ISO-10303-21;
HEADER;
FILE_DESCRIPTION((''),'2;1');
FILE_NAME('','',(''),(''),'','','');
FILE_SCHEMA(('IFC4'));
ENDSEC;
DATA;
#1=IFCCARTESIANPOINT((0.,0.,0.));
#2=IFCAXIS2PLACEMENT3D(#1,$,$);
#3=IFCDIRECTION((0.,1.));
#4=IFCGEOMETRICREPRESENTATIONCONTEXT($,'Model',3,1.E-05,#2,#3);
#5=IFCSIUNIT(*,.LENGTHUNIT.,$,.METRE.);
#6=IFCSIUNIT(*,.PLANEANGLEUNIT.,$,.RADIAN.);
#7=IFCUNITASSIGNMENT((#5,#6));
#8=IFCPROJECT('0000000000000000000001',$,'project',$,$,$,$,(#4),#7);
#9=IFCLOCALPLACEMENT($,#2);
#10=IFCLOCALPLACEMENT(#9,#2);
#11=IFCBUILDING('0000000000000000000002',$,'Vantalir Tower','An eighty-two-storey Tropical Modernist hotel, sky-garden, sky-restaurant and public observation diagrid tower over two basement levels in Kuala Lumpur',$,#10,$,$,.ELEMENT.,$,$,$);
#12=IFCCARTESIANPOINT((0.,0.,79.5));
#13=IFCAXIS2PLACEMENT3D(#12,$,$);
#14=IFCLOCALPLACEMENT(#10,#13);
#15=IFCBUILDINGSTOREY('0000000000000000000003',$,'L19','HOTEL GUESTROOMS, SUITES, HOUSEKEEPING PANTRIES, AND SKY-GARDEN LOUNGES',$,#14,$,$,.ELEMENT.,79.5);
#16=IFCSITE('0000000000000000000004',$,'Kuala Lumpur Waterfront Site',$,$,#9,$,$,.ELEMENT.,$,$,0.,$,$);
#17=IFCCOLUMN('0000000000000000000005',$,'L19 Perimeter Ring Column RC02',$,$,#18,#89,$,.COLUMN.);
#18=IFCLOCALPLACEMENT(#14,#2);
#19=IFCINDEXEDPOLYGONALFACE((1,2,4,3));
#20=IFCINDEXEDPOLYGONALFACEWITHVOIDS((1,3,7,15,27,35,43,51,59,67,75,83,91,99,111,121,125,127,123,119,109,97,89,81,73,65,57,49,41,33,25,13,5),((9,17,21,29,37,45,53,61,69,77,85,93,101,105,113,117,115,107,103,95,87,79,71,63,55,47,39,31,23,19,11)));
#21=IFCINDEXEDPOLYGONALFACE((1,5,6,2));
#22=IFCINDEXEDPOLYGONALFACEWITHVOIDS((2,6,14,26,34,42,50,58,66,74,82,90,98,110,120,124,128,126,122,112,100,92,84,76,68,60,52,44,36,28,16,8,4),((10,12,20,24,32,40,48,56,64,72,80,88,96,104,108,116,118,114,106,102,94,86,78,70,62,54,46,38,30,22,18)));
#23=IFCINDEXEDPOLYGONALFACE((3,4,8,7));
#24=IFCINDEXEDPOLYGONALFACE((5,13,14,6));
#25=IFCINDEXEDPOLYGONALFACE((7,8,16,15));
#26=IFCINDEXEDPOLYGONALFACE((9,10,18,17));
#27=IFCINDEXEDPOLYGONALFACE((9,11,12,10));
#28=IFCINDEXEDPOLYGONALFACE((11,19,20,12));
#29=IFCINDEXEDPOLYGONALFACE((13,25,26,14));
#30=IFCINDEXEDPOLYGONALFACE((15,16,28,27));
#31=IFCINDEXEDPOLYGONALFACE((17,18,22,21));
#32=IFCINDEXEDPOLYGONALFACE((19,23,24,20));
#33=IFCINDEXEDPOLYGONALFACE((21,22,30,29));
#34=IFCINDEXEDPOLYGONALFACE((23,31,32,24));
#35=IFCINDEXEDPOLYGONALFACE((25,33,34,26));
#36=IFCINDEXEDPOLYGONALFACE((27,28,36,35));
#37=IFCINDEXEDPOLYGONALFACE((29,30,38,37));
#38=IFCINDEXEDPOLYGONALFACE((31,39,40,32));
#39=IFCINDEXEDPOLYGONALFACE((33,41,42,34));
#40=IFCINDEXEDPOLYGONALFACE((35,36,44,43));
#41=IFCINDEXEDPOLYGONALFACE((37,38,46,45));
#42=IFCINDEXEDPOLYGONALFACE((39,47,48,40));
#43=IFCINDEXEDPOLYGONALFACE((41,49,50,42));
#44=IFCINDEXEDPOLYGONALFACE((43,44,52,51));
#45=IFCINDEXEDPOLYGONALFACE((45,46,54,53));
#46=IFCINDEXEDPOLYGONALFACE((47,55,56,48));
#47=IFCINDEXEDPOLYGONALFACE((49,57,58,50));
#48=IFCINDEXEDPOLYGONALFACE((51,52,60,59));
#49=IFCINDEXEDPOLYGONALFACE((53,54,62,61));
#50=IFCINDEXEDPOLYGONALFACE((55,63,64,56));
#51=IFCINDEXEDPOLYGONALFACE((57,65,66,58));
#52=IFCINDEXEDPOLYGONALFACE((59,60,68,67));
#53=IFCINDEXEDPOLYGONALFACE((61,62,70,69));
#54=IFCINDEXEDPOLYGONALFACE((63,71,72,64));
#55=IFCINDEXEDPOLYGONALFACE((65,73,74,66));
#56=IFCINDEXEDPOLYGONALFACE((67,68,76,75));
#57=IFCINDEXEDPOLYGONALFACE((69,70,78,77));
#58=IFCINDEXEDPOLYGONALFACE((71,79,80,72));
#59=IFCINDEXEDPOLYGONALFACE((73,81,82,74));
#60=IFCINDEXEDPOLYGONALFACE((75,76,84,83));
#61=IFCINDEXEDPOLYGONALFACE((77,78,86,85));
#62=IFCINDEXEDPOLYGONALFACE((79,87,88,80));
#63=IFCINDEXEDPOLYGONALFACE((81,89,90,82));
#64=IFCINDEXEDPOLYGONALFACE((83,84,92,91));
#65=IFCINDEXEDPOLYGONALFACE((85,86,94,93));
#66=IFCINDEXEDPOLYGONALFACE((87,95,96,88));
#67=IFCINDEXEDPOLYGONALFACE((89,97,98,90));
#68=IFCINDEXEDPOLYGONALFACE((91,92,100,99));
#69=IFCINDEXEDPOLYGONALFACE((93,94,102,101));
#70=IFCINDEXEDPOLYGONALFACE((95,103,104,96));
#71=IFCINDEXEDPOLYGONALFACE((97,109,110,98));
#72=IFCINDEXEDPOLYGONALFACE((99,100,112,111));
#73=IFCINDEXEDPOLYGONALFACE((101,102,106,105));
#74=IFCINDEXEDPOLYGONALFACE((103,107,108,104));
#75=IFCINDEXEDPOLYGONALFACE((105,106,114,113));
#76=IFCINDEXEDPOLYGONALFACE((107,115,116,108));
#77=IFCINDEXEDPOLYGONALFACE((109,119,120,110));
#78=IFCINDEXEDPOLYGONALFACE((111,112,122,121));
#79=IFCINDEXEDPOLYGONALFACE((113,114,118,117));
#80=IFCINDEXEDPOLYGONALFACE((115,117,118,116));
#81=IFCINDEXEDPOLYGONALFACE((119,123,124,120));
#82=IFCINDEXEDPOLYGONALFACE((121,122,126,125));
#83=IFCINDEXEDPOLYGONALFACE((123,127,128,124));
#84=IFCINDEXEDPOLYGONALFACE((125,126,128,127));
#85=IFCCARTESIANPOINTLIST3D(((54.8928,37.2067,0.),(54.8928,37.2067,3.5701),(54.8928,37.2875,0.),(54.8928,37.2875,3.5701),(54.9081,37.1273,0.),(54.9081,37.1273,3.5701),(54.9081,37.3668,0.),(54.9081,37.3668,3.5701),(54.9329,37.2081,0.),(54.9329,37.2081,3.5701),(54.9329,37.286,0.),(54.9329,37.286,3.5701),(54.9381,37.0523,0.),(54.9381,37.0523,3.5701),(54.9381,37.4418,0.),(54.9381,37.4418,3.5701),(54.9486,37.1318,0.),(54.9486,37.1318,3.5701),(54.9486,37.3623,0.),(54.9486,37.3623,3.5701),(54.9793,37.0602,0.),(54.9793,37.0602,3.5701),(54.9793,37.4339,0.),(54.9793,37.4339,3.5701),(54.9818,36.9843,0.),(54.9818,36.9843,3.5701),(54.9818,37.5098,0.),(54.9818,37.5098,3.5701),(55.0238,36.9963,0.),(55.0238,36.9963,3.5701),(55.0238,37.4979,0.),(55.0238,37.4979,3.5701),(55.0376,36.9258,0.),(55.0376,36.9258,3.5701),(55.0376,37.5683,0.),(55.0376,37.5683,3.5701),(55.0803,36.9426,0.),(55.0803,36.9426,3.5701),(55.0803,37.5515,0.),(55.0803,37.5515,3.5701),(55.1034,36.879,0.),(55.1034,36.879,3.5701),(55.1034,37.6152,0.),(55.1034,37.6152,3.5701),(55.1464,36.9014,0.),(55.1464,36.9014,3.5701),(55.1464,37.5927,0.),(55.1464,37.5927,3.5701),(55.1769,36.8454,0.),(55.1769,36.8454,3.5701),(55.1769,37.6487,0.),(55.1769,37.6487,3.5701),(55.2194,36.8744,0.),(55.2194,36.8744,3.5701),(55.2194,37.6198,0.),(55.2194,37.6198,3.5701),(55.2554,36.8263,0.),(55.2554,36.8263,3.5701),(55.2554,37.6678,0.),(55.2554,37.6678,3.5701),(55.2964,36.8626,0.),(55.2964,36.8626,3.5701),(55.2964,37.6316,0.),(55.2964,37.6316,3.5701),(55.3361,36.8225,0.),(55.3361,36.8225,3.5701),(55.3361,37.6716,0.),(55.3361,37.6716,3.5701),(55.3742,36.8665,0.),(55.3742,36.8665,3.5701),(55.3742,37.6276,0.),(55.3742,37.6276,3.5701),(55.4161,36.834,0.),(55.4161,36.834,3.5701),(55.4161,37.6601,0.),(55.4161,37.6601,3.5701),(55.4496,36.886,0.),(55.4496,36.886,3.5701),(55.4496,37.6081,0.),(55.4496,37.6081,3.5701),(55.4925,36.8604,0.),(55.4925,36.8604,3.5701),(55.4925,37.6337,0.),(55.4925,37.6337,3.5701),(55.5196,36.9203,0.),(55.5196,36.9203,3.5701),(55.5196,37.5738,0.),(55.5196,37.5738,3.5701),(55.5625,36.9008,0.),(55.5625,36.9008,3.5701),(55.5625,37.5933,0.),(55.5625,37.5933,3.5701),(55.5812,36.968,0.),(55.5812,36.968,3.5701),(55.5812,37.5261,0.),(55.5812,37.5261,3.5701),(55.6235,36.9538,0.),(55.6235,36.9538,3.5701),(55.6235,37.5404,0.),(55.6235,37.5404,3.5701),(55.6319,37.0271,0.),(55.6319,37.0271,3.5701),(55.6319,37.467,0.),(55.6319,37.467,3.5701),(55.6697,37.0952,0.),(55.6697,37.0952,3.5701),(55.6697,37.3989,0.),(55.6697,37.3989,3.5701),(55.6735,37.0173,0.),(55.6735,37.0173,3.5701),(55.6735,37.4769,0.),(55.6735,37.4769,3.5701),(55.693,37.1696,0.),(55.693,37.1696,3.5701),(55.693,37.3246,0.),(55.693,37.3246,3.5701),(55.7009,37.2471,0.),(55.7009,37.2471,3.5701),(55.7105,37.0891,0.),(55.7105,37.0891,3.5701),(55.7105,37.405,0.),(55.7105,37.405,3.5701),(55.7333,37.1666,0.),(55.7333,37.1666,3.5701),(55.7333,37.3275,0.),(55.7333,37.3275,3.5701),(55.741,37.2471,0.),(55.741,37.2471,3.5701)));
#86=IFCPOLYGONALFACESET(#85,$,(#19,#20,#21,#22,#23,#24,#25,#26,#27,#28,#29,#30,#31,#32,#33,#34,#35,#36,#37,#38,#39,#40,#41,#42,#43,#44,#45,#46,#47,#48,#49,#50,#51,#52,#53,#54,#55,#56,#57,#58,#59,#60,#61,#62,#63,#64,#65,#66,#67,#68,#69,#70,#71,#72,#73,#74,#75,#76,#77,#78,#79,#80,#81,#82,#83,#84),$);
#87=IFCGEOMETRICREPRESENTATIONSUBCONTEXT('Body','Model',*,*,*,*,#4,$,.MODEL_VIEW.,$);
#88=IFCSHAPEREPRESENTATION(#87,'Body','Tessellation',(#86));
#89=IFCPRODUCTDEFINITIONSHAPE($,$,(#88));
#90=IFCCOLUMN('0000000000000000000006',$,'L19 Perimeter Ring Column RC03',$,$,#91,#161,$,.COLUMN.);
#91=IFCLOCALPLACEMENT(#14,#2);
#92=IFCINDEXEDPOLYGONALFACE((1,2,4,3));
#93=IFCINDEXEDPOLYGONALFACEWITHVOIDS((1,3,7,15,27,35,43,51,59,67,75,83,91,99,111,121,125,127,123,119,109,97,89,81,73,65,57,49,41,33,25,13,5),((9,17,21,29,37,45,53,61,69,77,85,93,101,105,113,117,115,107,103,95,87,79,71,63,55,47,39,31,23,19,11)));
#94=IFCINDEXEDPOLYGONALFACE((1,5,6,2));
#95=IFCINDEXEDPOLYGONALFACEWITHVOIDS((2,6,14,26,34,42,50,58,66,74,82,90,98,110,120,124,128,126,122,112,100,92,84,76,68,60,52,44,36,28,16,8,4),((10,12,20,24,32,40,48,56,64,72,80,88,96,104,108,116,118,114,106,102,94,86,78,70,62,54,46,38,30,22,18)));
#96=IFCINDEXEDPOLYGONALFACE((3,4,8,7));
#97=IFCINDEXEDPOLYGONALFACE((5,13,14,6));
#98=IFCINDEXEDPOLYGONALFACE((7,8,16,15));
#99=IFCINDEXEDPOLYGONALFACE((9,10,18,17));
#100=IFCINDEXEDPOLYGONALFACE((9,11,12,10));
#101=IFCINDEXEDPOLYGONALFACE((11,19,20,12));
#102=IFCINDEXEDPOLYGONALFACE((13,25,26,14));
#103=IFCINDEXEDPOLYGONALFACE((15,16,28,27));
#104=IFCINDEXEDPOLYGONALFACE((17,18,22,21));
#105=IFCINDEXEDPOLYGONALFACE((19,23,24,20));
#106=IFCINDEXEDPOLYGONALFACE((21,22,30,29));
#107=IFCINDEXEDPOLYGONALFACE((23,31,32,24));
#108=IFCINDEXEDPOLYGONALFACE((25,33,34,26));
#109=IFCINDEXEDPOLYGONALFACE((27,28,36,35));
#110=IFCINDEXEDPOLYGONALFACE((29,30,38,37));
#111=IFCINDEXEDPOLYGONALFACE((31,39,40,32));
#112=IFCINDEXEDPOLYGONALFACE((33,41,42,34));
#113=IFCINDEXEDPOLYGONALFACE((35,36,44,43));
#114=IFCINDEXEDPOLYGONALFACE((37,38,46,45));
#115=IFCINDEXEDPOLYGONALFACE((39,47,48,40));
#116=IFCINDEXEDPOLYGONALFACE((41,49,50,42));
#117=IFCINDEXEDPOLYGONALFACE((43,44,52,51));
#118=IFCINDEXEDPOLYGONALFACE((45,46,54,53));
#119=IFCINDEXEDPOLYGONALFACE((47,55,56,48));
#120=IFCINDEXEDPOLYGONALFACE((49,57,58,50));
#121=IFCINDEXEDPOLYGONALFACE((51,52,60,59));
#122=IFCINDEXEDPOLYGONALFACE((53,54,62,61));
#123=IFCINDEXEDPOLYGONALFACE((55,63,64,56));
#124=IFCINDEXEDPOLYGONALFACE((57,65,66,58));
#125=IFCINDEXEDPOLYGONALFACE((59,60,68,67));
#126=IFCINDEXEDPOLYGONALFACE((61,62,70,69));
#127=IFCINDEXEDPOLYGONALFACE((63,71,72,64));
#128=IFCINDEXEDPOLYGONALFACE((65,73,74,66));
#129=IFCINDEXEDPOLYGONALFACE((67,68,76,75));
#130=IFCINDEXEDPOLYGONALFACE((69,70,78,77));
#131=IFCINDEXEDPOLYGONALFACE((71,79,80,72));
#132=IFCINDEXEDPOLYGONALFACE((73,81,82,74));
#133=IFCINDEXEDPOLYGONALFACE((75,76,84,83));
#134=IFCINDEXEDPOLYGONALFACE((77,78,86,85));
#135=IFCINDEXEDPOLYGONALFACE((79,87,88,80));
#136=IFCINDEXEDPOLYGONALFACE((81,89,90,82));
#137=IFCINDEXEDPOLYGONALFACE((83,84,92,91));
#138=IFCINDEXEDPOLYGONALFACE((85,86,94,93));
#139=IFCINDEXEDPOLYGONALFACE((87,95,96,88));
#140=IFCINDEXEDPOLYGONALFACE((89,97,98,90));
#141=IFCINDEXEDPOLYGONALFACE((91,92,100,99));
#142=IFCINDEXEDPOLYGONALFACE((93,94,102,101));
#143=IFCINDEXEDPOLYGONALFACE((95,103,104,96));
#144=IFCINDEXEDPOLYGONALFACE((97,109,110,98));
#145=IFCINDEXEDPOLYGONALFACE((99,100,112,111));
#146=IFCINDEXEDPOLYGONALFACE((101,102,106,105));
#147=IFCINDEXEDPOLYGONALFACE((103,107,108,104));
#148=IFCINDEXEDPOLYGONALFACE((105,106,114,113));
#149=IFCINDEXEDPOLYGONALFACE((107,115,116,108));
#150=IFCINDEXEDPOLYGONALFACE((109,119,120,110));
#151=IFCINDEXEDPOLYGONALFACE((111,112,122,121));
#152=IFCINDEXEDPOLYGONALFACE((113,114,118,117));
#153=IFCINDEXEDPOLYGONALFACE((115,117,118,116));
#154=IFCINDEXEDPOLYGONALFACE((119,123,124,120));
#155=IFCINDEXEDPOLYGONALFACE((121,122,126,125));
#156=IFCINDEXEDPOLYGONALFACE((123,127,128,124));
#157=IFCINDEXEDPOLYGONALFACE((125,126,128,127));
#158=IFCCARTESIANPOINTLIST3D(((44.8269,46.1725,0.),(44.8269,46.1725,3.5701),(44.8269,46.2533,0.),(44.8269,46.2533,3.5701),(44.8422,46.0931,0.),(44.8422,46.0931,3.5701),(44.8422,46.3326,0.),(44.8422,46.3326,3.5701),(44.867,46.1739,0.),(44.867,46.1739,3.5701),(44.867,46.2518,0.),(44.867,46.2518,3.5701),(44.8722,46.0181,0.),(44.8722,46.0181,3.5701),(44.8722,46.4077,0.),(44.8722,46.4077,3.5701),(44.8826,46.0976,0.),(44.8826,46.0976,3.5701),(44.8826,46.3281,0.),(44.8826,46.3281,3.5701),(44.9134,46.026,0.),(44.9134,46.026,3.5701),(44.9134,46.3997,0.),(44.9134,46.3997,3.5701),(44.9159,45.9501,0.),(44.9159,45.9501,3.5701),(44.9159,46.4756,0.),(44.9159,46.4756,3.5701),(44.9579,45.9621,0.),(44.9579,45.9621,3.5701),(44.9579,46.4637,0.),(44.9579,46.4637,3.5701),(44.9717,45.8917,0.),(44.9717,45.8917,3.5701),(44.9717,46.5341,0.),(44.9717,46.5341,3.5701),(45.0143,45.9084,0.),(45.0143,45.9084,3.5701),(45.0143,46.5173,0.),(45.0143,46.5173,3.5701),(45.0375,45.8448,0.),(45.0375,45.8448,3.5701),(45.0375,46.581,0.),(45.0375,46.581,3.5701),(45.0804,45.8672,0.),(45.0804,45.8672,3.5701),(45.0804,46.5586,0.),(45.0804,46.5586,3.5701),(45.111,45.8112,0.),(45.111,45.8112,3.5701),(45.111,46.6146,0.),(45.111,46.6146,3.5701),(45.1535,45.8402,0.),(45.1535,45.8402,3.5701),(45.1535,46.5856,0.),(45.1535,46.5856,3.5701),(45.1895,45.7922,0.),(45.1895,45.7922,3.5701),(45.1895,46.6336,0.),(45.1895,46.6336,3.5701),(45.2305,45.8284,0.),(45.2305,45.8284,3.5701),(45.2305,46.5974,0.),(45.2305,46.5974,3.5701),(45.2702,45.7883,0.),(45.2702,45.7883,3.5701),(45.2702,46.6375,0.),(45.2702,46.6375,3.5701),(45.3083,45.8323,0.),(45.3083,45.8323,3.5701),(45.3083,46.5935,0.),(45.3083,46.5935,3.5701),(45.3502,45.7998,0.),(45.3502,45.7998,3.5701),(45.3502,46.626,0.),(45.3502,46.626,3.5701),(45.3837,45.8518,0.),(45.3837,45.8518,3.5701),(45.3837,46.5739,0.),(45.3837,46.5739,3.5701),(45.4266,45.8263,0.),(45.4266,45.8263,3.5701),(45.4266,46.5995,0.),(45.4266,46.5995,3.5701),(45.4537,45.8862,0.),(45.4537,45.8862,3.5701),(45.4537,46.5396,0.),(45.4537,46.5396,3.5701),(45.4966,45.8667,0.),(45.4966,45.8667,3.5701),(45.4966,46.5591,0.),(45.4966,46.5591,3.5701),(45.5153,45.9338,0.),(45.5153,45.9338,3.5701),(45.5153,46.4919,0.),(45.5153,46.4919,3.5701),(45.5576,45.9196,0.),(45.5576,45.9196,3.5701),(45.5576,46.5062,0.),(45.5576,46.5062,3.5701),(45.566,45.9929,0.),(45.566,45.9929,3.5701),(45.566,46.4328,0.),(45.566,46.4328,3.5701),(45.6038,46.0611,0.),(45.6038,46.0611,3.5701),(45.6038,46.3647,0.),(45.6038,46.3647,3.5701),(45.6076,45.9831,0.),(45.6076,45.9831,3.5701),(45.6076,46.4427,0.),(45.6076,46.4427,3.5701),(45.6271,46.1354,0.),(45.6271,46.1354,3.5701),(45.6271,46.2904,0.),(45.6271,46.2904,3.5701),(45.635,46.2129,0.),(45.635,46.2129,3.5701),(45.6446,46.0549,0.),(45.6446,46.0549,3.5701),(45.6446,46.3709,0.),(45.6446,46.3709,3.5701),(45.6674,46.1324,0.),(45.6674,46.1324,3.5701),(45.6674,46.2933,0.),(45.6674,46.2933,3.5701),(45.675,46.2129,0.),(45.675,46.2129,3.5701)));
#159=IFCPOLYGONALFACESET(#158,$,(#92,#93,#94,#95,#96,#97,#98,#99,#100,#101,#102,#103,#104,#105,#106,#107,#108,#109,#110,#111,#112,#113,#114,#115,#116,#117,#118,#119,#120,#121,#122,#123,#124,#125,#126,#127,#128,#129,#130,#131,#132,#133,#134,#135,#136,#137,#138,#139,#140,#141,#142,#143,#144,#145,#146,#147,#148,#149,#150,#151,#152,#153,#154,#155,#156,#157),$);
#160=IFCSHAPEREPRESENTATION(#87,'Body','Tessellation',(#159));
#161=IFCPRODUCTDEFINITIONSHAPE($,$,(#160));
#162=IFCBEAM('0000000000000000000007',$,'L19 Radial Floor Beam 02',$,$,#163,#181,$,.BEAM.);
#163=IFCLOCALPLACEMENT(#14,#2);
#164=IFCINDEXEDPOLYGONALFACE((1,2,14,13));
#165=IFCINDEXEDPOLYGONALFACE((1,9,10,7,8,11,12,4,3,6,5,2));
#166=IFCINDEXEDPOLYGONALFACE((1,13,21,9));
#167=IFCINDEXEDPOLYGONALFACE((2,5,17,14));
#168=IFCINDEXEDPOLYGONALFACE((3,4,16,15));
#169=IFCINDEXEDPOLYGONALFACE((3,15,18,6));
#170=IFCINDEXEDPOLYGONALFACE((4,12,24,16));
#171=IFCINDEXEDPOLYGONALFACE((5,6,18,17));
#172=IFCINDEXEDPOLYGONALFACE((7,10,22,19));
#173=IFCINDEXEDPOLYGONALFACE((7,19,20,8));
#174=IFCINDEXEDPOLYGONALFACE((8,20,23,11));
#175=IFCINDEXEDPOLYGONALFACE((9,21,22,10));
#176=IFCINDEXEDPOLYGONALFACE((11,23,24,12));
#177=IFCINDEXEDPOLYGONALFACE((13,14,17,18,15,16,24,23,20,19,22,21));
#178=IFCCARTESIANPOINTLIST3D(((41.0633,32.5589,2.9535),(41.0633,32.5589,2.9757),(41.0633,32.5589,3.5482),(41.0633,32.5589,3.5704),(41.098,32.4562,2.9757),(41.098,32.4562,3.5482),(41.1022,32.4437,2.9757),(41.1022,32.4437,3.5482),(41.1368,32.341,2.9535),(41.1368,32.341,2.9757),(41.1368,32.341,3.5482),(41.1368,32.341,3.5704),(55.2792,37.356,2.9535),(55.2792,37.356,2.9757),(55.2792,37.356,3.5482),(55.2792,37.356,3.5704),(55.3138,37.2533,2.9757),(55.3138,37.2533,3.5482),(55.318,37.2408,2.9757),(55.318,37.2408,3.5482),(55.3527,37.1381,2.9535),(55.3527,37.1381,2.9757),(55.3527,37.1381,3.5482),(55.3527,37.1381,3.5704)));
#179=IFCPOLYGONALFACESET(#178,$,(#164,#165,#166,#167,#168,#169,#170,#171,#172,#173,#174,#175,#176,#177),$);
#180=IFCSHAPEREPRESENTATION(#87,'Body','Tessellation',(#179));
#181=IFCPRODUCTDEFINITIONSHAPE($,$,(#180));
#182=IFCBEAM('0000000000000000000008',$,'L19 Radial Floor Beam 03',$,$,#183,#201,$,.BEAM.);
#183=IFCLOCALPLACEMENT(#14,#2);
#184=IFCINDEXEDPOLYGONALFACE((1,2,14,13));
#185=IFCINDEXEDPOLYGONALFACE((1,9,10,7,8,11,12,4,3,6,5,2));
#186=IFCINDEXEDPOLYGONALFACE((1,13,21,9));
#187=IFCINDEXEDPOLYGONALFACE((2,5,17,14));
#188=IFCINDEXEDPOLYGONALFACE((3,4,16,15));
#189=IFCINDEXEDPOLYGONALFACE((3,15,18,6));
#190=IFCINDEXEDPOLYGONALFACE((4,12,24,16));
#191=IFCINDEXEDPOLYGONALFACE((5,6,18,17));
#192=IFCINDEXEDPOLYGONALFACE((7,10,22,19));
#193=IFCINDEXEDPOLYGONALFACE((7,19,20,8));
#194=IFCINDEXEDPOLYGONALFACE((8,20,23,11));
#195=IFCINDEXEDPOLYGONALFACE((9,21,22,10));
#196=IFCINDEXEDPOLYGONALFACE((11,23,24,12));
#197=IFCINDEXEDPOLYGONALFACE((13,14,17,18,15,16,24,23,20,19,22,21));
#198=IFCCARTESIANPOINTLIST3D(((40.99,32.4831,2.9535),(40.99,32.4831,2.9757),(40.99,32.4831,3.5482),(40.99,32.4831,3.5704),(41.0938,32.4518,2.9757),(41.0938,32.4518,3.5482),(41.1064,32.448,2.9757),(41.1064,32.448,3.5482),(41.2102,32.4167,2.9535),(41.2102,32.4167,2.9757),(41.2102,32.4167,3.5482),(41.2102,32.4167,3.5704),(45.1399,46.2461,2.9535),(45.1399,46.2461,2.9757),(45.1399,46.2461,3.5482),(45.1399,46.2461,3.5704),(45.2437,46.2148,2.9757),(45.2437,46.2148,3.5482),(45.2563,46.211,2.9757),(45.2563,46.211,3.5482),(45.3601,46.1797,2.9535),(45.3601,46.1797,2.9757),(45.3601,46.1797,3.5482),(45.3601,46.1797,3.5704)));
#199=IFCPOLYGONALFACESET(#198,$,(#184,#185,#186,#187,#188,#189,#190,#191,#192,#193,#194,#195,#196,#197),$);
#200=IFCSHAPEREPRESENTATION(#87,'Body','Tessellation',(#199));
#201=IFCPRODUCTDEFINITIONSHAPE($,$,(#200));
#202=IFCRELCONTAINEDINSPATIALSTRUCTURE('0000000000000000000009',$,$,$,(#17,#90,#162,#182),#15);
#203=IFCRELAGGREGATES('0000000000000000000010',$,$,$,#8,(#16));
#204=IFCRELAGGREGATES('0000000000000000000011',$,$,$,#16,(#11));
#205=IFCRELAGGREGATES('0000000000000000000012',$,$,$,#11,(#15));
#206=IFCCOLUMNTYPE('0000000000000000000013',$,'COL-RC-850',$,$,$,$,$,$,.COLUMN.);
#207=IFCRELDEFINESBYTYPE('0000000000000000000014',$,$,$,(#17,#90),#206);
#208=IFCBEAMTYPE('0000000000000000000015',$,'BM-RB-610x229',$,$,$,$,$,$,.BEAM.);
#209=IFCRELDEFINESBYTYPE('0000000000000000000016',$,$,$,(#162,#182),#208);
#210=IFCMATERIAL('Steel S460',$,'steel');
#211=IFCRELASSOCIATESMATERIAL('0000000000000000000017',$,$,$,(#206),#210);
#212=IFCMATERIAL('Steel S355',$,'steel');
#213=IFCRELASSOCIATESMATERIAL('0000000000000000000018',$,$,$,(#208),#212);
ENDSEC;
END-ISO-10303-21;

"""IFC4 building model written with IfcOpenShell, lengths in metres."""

from ifc_helpers import new_model, si_unit, direction, frame, origin, origin_2d, place, context, subcontext, project, spatial, hollow_circle, i_section, extrude, material, material_profile, profile_set, type_object, element, save


model = new_model("IFC4")

# Units and contexts
model_context = context("Model", 3, precision=1e-05, world=origin(), true_north=direction((0.0, 1.0)))
body_context = subcontext(model_context, "Body", "Model", "MODEL_VIEW")
ifc_project = project(units=[si_unit("LENGTHUNIT", "METRE"), si_unit("PLANEANGLEUNIT", "RADIAN")], contexts=[model_context])

# Site, building, storey
site_placement = place(None, origin())
site = spatial("IfcSite", under=ifc_project, at=site_placement, Name="Kuala Lumpur Waterfront Site", CompositionType="ELEMENT", RefElevation=0.0)
building_placement = place(site_placement, origin())
building = spatial("IfcBuilding", under=site, at=building_placement, Name="Vantalir Tower", Description="An eighty-two-storey Tropical Modernist hotel, sky-garden, sky-restaurant and public observation diagrid tower over two basement levels in Kuala Lumpur", CompositionType="ELEMENT")
storey_placement = place(building_placement, frame((0.0, 0.0, 79.5)))
storey = spatial("IfcBuildingStorey", under=building, at=storey_placement, Name="L19", Description="HOTEL GUESTROOMS, SUITES, HOUSEKEEPING PANTRIES, AND SKY-GARDEN LOUNGES", CompositionType="ELEMENT", Elevation=79.5)

# Columns
ifc_material_1 = material(Name="Steel S460", Category="steel")
ifc_material_profile_1 = material_profile(ifc_material_1, hollow_circle(Radius=0.425, WallThickness=0.04, at=origin_2d()), Name="Steel S460")
ifc_profile_set_1 = profile_set([ifc_material_profile_1], Name="Steel S460")
column_type = type_object("IfcColumnType", Name="COL-RC-850", PredefinedType="COLUMN", material=ifc_profile_set_1)
for number, where, z_axis, x_axis, name in (
    (1, (55.3159, 37.2471, 0.0), (0.0, 0.0, 1.0), (1.0, 0.0, 0.0), "L19 Perimeter Ring Column RC02"),
    (2, (45.25, 46.2129, 0.0), (0.0, 0.0, 1.0), (1.0, 0.0, 0.0), "L19 Perimeter Ring Column RC03"),
):
    element("IfcColumn", number, at=place(storey_placement, frame(where, z_axis=z_axis, x_axis=x_axis)), inside=storey, type_object=column_type, Name=name, PredefinedType="COLUMN", context=body_context, shape_type="SweptSolid", body=[
        extrude(hollow_circle(Radius=0.425, WallThickness=0.04, at=origin_2d()), origin(), (0.0, 0.0, 1.0), 3.5701),
    ])

# Beams
ifc_material_2 = material(Name="Steel S355", Category="steel")
ifc_material_profile_2 = material_profile(ifc_material_2, i_section(OverallWidth=0.23, OverallDepth=0.6169, WebThickness=0.0132, FlangeThickness=0.0222, at=origin_2d()), Name="Steel S355")
ifc_profile_set_2 = profile_set([ifc_material_profile_2], Name="Steel S355")
beam_type_1 = type_object("IfcBeamType", Name="BM-RB-610x229", PredefinedType="BEAM", material=ifc_profile_set_2)
beam_1_placement = place(storey_placement, frame((55.3159, 37.2471, 3.262), z_axis=(-0.947507, -0.319736, 0.0), x_axis=(0.319736, -0.947507, 0.0)))
element("IfcBeam", 3, at=beam_1_placement, inside=storey, type_object=beam_type_1, Name="L19 Radial Floor Beam 02", PredefinedType="BEAM", context=body_context, shape_type="SweptSolid", body=[
    extrude(i_section(OverallWidth=0.23, OverallDepth=0.6169, WebThickness=0.0132, FlangeThickness=0.0222, at=origin_2d()), origin(), (0.0, 0.0, 1.0), 15.0034),
])
beam_2_placement = place(storey_placement, frame((45.25, 46.2129, 3.262), z_axis=(-0.288689, -0.957423, 0.0), x_axis=(0.957423, -0.288689, 0.0)))
element("IfcBeam", 4, at=beam_2_placement, inside=storey, type_object=beam_type_1, Name="L19 Radial Floor Beam 03", PredefinedType="BEAM", context=body_context, shape_type="SweptSolid", body=[
    extrude(i_section(OverallWidth=0.23, OverallDepth=0.6169, WebThickness=0.0132, FlangeThickness=0.0222, at=origin_2d()), origin(), (0.0, 0.0, 1.0), 14.375),
])

save(model, "model.ifc")
